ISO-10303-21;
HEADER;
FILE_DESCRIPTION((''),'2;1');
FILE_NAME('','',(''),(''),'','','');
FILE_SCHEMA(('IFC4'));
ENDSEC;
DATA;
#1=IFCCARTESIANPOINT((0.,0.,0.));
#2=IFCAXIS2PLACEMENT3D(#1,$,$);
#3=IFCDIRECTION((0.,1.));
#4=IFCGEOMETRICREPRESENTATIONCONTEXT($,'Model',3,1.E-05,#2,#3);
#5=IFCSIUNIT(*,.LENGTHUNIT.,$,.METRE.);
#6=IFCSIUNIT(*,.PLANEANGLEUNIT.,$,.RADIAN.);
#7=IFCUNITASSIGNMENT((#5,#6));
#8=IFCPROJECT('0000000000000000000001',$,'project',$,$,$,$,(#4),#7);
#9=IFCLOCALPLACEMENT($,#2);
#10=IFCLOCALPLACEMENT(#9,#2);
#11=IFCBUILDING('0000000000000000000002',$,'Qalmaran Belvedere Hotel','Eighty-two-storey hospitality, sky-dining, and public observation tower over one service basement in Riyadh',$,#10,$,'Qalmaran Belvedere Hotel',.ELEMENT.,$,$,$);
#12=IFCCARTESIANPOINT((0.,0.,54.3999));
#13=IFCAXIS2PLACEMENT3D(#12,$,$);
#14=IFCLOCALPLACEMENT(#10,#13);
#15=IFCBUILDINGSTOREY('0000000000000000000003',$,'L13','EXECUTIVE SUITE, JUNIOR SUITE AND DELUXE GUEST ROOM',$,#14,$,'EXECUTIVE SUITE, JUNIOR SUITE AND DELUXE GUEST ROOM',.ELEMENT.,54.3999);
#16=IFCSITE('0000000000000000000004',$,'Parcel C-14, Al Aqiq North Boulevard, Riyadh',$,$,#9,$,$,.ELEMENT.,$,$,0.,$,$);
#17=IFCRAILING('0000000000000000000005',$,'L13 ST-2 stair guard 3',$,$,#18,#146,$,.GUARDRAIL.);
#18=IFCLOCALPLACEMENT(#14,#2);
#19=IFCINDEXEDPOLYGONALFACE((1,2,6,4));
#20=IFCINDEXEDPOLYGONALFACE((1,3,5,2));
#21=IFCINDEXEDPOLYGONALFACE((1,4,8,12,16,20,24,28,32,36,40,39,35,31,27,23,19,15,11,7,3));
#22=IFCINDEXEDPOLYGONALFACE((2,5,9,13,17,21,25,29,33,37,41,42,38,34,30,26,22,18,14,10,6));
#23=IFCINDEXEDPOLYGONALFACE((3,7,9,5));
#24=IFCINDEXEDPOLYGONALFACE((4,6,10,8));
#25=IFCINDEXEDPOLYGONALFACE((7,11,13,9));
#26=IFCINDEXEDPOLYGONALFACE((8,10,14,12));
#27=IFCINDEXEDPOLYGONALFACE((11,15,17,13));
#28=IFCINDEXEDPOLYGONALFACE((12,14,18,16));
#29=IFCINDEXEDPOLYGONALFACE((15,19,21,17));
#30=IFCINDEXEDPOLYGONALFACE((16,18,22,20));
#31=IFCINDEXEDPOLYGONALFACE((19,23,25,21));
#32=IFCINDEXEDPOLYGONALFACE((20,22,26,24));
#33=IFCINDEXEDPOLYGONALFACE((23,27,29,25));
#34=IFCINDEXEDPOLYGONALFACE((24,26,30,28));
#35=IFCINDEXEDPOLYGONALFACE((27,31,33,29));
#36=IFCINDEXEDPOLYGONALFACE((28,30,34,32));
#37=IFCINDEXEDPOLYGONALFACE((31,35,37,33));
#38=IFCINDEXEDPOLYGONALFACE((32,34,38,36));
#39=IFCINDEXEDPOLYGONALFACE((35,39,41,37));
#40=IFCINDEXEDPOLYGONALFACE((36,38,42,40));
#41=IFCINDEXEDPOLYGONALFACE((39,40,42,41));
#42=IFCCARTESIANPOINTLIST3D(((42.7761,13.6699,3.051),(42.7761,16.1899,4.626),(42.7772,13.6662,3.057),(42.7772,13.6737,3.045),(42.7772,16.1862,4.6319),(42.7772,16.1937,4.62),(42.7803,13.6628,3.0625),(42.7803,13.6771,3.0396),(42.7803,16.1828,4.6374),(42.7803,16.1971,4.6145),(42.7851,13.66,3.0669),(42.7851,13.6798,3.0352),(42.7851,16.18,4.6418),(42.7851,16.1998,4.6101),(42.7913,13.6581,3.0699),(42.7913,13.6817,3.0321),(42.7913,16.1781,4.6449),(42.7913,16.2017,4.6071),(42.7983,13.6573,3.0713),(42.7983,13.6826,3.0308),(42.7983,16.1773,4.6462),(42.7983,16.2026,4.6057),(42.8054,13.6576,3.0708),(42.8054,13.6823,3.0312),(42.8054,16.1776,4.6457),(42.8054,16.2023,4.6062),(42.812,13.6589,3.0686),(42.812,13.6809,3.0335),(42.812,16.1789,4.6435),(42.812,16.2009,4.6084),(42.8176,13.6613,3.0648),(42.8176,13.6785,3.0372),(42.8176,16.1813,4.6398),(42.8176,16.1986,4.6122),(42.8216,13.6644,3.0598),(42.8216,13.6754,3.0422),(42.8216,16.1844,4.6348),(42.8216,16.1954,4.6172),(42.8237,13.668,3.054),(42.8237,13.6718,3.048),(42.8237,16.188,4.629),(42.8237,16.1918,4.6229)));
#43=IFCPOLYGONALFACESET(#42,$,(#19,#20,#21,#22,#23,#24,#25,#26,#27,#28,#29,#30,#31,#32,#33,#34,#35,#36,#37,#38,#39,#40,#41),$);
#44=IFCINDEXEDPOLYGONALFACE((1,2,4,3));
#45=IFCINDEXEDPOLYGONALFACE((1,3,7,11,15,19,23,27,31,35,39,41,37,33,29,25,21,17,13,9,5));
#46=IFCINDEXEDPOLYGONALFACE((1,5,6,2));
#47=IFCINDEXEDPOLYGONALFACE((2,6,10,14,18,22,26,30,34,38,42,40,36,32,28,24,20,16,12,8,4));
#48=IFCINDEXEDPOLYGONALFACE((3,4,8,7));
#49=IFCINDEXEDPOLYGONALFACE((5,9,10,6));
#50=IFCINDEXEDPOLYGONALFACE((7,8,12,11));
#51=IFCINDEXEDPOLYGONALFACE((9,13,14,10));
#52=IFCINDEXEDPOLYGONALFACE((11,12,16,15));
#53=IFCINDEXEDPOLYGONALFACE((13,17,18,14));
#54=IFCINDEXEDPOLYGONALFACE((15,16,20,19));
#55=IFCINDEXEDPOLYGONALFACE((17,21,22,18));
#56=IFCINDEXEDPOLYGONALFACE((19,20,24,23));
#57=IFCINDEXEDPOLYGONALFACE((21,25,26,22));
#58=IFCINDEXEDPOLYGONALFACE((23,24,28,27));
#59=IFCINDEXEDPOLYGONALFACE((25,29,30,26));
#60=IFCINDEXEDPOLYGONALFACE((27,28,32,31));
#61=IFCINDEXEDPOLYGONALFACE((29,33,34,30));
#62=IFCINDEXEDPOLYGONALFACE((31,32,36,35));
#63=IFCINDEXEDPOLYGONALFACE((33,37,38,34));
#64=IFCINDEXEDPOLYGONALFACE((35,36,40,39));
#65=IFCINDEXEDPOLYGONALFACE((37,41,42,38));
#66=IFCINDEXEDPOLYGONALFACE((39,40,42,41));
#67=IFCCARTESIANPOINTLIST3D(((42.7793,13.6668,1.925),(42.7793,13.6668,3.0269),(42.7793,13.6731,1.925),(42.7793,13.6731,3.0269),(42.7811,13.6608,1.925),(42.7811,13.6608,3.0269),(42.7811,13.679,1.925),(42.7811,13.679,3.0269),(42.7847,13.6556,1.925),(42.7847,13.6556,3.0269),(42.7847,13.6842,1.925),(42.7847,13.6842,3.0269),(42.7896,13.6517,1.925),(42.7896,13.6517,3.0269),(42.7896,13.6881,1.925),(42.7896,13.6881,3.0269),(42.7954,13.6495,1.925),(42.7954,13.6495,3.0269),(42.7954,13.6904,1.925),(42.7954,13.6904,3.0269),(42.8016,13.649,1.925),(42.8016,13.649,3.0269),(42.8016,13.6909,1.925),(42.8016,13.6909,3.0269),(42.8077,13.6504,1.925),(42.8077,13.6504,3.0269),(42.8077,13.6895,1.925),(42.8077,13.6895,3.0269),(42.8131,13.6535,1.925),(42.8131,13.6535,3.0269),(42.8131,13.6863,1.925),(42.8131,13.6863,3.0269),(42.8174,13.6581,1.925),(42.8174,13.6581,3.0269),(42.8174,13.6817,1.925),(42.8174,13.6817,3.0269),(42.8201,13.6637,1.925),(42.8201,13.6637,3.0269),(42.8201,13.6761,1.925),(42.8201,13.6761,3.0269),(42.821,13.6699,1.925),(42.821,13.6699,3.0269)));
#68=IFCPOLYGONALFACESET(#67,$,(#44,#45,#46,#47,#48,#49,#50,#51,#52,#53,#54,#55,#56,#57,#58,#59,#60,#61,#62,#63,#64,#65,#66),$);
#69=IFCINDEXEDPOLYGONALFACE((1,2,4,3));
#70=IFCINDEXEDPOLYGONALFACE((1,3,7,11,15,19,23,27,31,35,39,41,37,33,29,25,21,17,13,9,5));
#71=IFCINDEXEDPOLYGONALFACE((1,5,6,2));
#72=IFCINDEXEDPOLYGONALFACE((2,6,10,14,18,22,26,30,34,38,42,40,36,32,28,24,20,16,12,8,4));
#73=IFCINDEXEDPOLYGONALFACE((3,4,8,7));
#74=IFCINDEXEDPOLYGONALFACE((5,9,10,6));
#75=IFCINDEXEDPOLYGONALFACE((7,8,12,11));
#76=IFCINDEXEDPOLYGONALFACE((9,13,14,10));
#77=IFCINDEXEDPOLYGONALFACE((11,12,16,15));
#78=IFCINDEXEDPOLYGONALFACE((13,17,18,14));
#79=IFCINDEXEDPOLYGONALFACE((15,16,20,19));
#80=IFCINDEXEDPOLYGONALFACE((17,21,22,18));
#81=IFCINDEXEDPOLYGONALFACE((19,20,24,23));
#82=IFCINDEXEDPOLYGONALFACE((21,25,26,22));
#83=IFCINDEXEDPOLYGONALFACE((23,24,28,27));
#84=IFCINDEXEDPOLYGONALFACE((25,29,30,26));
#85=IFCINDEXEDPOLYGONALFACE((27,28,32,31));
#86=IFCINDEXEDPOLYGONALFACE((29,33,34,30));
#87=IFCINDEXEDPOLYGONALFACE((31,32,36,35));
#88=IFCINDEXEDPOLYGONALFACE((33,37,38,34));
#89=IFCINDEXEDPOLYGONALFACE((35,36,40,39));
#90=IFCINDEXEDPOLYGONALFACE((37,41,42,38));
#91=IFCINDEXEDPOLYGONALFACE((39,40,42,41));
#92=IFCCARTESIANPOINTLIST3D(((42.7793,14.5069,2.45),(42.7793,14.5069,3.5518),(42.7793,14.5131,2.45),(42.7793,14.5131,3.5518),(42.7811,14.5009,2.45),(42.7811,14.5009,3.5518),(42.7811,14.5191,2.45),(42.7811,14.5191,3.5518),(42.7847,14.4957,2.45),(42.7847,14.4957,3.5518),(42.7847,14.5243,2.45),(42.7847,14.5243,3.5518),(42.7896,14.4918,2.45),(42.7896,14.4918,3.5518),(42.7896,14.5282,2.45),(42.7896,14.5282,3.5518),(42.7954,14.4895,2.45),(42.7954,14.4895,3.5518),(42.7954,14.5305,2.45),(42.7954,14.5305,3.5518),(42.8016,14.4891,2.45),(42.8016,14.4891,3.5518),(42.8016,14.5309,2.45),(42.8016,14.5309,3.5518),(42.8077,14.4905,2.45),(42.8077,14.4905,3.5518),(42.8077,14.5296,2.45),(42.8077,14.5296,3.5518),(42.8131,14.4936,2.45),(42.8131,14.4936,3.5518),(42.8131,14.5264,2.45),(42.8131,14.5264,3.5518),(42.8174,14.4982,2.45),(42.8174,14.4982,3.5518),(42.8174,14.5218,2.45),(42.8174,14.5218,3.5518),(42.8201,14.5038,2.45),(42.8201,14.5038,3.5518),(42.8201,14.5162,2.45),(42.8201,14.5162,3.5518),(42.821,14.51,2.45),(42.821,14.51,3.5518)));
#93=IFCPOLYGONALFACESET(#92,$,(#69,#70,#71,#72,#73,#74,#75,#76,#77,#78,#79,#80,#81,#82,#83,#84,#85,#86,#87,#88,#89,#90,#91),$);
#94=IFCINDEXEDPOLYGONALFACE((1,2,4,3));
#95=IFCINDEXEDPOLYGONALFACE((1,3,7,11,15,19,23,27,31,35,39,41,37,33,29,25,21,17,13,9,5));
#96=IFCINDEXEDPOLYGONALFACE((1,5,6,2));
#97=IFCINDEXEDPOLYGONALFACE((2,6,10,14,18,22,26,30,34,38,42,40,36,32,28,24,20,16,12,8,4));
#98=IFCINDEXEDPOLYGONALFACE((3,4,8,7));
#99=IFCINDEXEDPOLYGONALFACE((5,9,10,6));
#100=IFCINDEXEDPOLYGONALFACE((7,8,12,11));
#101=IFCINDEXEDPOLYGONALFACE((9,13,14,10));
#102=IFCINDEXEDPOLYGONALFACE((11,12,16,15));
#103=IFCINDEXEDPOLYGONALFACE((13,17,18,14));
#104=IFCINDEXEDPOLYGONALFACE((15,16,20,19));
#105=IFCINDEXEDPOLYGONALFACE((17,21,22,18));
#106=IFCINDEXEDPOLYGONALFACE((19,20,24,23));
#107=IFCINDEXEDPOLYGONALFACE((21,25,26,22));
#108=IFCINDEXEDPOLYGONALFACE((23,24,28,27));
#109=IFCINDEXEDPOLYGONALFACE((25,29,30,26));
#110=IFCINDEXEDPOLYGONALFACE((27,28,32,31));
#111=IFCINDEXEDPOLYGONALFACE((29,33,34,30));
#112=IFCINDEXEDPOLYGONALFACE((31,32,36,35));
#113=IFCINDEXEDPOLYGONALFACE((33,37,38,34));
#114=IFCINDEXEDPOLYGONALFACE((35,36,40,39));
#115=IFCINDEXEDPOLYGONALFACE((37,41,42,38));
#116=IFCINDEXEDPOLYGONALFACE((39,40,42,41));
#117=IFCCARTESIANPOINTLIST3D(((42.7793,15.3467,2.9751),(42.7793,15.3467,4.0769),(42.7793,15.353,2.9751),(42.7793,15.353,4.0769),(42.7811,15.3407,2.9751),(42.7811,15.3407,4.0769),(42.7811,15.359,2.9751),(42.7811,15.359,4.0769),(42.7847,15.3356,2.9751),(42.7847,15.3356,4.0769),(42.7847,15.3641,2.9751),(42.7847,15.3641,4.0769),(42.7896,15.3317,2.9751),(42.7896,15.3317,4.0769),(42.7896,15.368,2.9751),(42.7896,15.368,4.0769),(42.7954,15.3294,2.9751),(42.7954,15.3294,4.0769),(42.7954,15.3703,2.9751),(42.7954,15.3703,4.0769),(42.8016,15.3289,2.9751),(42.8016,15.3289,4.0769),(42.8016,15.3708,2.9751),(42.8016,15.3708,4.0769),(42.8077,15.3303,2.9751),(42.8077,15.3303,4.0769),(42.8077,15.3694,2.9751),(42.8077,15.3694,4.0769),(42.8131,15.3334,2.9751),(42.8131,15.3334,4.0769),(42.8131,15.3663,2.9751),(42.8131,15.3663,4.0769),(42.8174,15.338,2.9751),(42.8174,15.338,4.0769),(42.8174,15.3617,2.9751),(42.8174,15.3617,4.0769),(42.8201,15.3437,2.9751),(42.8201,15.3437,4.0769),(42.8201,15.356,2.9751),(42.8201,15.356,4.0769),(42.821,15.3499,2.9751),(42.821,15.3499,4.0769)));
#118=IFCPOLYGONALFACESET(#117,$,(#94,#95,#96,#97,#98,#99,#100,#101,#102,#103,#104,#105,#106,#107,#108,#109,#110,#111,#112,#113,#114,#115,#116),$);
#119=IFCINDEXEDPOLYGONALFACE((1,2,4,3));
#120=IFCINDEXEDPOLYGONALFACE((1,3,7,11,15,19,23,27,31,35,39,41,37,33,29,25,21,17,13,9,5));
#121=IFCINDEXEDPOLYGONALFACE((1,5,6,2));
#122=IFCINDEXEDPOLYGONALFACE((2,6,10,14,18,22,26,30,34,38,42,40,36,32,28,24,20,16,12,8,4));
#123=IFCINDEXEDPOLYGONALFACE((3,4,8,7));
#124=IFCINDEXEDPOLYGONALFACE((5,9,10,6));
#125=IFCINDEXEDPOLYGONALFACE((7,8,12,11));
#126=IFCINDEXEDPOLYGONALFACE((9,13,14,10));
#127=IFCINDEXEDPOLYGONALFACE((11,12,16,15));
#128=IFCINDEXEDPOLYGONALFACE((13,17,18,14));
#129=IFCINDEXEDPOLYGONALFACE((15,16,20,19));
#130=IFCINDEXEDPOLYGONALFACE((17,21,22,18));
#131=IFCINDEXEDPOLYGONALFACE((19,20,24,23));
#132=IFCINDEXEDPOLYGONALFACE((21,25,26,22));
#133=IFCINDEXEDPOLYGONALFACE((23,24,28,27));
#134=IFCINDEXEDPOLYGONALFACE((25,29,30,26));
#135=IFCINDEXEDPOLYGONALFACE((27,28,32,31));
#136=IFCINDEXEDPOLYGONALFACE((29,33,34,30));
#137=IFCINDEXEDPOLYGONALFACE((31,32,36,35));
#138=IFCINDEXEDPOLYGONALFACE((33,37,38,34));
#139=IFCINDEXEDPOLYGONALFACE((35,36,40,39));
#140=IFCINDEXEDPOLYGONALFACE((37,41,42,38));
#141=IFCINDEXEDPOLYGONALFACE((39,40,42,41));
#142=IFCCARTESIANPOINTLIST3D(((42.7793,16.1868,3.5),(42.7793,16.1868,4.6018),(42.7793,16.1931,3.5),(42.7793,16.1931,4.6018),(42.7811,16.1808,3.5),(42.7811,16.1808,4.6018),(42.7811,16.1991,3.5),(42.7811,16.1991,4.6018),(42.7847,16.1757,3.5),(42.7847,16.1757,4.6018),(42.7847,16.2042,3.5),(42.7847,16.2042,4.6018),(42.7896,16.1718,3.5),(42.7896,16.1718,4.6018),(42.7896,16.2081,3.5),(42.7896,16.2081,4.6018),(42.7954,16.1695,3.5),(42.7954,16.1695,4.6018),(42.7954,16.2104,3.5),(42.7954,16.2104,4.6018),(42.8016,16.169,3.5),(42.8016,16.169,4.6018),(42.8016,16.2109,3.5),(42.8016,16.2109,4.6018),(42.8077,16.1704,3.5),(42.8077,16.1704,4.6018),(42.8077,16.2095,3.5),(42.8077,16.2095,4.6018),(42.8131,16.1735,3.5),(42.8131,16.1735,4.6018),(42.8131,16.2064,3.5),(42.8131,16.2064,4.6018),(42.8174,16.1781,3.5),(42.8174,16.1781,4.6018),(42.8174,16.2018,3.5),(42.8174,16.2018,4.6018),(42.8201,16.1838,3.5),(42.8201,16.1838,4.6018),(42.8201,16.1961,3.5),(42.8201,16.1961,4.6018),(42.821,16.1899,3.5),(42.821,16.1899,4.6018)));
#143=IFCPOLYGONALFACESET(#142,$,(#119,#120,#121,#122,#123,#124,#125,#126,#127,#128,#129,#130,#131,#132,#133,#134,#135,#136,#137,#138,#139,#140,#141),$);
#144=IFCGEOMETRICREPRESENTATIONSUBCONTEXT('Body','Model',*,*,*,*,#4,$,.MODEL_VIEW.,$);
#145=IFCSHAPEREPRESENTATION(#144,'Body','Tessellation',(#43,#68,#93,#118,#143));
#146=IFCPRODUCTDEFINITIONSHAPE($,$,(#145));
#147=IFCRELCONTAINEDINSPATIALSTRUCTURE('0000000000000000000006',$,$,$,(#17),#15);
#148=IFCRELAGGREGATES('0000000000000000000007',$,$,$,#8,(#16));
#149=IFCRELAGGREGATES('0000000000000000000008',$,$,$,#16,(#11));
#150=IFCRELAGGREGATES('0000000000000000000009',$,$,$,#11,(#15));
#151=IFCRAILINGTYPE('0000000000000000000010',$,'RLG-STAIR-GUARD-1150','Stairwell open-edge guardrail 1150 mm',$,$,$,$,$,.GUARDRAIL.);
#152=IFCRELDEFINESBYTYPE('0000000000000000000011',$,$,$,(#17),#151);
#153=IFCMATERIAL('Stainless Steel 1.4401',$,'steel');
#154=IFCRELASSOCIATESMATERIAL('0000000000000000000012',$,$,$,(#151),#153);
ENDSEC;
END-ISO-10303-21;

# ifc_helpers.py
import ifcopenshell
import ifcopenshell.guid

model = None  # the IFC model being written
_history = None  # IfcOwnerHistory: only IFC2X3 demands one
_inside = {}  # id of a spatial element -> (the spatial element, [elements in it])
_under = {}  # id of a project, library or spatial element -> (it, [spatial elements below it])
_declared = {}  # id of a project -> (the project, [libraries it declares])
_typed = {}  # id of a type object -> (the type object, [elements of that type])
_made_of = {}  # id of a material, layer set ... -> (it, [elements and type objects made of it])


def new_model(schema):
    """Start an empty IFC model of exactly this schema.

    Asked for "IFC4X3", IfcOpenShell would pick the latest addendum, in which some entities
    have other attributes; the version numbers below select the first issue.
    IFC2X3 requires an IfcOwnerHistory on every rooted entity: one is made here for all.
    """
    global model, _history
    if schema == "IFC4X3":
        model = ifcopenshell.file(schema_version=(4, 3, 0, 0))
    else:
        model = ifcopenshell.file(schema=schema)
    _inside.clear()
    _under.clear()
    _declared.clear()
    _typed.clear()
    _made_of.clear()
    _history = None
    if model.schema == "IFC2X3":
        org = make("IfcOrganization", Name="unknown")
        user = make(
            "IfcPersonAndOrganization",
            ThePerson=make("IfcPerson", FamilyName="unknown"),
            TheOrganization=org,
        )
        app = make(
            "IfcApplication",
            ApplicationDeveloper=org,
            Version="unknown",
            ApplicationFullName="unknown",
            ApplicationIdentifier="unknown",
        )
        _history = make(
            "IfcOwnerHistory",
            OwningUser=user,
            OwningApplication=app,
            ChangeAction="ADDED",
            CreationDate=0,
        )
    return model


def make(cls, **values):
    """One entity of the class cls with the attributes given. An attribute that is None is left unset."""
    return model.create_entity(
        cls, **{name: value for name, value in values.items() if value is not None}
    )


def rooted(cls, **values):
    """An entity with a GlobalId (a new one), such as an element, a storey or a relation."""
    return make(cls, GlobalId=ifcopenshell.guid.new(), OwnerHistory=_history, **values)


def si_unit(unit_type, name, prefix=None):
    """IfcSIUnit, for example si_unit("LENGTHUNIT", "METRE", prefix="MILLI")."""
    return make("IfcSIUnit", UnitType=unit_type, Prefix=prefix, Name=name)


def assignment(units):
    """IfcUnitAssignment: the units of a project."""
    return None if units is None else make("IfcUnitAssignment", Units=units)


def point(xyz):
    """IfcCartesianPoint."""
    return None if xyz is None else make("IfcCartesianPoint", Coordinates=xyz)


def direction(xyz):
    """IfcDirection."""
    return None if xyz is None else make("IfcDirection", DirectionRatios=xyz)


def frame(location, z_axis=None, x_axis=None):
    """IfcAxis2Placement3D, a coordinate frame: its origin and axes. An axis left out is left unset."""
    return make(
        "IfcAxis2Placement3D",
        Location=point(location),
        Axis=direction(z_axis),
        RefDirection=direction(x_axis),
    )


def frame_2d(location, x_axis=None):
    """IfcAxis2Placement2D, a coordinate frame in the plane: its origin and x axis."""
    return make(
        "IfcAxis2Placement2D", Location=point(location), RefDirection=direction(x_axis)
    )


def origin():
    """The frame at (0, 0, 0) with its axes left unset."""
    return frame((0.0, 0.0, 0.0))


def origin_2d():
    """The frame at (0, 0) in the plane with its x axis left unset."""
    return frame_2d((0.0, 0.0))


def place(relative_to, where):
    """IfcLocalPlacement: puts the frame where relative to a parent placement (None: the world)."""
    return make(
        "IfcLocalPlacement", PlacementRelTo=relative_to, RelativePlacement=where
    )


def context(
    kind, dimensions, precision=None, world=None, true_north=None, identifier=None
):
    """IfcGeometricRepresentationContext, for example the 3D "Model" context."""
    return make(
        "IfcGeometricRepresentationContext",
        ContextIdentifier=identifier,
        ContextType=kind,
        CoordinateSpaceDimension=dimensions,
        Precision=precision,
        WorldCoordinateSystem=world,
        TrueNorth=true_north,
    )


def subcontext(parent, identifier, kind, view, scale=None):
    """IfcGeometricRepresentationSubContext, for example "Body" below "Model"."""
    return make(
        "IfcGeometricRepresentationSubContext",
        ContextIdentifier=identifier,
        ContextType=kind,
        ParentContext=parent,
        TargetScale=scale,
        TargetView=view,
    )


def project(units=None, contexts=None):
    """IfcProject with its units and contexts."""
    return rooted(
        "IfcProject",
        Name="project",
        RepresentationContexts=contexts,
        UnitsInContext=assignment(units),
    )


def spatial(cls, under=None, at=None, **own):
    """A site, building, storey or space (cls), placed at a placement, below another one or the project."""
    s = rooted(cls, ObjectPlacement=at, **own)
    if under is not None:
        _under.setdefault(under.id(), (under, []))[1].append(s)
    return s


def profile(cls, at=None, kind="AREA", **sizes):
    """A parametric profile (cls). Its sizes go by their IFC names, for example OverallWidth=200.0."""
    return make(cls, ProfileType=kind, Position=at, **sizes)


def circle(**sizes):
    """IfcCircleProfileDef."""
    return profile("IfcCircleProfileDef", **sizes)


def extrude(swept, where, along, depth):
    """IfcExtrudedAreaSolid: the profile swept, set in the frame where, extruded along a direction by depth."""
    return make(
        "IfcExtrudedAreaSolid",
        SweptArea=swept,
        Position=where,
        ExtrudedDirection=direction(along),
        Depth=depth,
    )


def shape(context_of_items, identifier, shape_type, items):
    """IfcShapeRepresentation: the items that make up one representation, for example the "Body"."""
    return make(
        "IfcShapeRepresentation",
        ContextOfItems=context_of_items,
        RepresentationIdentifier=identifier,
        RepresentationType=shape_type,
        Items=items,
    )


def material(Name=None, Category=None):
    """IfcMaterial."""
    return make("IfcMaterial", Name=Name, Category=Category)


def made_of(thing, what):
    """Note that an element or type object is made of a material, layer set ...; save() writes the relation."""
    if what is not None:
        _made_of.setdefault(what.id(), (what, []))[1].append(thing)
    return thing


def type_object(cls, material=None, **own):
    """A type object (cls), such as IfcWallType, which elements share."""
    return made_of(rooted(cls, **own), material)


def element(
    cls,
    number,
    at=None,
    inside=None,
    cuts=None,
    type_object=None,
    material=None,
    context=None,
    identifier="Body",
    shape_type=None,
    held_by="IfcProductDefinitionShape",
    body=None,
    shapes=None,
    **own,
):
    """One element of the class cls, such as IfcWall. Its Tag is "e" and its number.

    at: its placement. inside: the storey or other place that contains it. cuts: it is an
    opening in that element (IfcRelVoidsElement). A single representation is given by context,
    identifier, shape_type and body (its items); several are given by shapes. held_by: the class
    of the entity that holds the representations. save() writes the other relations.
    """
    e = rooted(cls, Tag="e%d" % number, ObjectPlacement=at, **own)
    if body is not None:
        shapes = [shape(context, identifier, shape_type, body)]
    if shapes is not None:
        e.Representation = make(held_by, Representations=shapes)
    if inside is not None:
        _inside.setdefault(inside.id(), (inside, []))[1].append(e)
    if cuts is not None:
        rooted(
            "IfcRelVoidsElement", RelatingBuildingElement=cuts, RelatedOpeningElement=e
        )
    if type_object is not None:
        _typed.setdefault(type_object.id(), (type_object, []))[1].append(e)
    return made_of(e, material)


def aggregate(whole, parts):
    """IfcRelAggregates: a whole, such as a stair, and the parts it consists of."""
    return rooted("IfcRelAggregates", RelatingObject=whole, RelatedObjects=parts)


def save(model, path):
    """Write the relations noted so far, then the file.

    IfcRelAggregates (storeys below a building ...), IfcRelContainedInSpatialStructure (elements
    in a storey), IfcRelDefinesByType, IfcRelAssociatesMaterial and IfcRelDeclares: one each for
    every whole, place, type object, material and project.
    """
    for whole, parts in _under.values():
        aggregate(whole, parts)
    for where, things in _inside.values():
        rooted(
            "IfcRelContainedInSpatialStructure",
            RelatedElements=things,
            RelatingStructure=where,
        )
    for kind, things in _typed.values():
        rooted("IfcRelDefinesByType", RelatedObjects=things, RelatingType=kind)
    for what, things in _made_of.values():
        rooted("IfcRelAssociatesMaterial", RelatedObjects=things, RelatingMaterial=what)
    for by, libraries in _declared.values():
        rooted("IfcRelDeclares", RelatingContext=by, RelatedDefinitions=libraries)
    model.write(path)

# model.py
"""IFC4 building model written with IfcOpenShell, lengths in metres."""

from ifc_helpers import new_model, si_unit, direction, frame, origin, origin_2d, place, context, subcontext, project, spatial, circle, extrude, material, type_object, element, save


model = new_model("IFC4")

# Units and contexts
model_context = context("Model", 3, precision=1e-05, world=origin(), true_north=direction((0.0, 1.0)))
body_context = subcontext(model_context, "Body", "Model", "MODEL_VIEW")
ifc_project = project(units=[si_unit("LENGTHUNIT", "METRE"), si_unit("PLANEANGLEUNIT", "RADIAN")], contexts=[model_context])

# Site, building, storey
site_placement = place(None, origin())
site = spatial("IfcSite", under=ifc_project, at=site_placement, Name="Parcel C-14, Al Aqiq North Boulevard, Riyadh", CompositionType="ELEMENT", RefElevation=0.0)
building_placement = place(site_placement, origin())
building = spatial("IfcBuilding", under=site, at=building_placement, Name="Qalmaran Belvedere Hotel", Description="Eighty-two-storey hospitality, sky-dining, and public observation tower over one service basement in Riyadh", LongName="Qalmaran Belvedere Hotel", CompositionType="ELEMENT")
storey_placement = place(building_placement, frame((0.0, 0.0, 54.3999)))
storey = spatial("IfcBuildingStorey", under=building, at=storey_placement, Name="L13", Description="EXECUTIVE SUITE, JUNIOR SUITE AND DELUXE GUEST ROOM", LongName="EXECUTIVE SUITE, JUNIOR SUITE AND DELUXE GUEST ROOM", CompositionType="ELEMENT", Elevation=54.3999)

# Shared definitions
ifc_material_1 = material(Name="Stainless Steel 1.4401", Category="steel")

# Railing
railing_type_1 = type_object("IfcRailingType", Name="RLG-STAIR-GUARD-1150", Description="Stairwell open-edge guardrail 1150 mm", PredefinedType="GUARDRAIL", material=ifc_material_1)
railing_1_placement = place(storey_placement, frame((42.8, 13.6699, 1.925)))
element("IfcRailing", 1, at=railing_1_placement, inside=storey, type_object=railing_type_1, Name="L13 ST-2 stair guard 3", PredefinedType="GUARDRAIL", context=body_context, shape_type="SweptSolid", body=[
    extrude(circle(Radius=0.0239, at=origin_2d()), frame((0.0, 0.0, 1.126), z_axis=(0.0, 0.848008, 0.529984), x_axis=(-1.0, 0.0, 0.0)), (0.0, 0.0, 1.0), 2.9717),
    extrude(circle(Radius=0.021, at=origin_2d()), origin(), (0.0, 0.0, 1.0), 1.1018),
    extrude(circle(Radius=0.021, at=origin_2d()), frame((0.0, 0.8401, 0.5249)), (0.0, 0.0, 1.0), 1.1018),
    extrude(circle(Radius=0.021, at=origin_2d()), frame((0.0, 1.6799, 1.05)), (0.0, 0.0, 1.0), 1.1018),
    extrude(circle(Radius=0.021, at=origin_2d()), frame((0.0, 2.52, 1.575)), (0.0, 0.0, 1.0), 1.1018),
])

save(model, "model.ifc")
